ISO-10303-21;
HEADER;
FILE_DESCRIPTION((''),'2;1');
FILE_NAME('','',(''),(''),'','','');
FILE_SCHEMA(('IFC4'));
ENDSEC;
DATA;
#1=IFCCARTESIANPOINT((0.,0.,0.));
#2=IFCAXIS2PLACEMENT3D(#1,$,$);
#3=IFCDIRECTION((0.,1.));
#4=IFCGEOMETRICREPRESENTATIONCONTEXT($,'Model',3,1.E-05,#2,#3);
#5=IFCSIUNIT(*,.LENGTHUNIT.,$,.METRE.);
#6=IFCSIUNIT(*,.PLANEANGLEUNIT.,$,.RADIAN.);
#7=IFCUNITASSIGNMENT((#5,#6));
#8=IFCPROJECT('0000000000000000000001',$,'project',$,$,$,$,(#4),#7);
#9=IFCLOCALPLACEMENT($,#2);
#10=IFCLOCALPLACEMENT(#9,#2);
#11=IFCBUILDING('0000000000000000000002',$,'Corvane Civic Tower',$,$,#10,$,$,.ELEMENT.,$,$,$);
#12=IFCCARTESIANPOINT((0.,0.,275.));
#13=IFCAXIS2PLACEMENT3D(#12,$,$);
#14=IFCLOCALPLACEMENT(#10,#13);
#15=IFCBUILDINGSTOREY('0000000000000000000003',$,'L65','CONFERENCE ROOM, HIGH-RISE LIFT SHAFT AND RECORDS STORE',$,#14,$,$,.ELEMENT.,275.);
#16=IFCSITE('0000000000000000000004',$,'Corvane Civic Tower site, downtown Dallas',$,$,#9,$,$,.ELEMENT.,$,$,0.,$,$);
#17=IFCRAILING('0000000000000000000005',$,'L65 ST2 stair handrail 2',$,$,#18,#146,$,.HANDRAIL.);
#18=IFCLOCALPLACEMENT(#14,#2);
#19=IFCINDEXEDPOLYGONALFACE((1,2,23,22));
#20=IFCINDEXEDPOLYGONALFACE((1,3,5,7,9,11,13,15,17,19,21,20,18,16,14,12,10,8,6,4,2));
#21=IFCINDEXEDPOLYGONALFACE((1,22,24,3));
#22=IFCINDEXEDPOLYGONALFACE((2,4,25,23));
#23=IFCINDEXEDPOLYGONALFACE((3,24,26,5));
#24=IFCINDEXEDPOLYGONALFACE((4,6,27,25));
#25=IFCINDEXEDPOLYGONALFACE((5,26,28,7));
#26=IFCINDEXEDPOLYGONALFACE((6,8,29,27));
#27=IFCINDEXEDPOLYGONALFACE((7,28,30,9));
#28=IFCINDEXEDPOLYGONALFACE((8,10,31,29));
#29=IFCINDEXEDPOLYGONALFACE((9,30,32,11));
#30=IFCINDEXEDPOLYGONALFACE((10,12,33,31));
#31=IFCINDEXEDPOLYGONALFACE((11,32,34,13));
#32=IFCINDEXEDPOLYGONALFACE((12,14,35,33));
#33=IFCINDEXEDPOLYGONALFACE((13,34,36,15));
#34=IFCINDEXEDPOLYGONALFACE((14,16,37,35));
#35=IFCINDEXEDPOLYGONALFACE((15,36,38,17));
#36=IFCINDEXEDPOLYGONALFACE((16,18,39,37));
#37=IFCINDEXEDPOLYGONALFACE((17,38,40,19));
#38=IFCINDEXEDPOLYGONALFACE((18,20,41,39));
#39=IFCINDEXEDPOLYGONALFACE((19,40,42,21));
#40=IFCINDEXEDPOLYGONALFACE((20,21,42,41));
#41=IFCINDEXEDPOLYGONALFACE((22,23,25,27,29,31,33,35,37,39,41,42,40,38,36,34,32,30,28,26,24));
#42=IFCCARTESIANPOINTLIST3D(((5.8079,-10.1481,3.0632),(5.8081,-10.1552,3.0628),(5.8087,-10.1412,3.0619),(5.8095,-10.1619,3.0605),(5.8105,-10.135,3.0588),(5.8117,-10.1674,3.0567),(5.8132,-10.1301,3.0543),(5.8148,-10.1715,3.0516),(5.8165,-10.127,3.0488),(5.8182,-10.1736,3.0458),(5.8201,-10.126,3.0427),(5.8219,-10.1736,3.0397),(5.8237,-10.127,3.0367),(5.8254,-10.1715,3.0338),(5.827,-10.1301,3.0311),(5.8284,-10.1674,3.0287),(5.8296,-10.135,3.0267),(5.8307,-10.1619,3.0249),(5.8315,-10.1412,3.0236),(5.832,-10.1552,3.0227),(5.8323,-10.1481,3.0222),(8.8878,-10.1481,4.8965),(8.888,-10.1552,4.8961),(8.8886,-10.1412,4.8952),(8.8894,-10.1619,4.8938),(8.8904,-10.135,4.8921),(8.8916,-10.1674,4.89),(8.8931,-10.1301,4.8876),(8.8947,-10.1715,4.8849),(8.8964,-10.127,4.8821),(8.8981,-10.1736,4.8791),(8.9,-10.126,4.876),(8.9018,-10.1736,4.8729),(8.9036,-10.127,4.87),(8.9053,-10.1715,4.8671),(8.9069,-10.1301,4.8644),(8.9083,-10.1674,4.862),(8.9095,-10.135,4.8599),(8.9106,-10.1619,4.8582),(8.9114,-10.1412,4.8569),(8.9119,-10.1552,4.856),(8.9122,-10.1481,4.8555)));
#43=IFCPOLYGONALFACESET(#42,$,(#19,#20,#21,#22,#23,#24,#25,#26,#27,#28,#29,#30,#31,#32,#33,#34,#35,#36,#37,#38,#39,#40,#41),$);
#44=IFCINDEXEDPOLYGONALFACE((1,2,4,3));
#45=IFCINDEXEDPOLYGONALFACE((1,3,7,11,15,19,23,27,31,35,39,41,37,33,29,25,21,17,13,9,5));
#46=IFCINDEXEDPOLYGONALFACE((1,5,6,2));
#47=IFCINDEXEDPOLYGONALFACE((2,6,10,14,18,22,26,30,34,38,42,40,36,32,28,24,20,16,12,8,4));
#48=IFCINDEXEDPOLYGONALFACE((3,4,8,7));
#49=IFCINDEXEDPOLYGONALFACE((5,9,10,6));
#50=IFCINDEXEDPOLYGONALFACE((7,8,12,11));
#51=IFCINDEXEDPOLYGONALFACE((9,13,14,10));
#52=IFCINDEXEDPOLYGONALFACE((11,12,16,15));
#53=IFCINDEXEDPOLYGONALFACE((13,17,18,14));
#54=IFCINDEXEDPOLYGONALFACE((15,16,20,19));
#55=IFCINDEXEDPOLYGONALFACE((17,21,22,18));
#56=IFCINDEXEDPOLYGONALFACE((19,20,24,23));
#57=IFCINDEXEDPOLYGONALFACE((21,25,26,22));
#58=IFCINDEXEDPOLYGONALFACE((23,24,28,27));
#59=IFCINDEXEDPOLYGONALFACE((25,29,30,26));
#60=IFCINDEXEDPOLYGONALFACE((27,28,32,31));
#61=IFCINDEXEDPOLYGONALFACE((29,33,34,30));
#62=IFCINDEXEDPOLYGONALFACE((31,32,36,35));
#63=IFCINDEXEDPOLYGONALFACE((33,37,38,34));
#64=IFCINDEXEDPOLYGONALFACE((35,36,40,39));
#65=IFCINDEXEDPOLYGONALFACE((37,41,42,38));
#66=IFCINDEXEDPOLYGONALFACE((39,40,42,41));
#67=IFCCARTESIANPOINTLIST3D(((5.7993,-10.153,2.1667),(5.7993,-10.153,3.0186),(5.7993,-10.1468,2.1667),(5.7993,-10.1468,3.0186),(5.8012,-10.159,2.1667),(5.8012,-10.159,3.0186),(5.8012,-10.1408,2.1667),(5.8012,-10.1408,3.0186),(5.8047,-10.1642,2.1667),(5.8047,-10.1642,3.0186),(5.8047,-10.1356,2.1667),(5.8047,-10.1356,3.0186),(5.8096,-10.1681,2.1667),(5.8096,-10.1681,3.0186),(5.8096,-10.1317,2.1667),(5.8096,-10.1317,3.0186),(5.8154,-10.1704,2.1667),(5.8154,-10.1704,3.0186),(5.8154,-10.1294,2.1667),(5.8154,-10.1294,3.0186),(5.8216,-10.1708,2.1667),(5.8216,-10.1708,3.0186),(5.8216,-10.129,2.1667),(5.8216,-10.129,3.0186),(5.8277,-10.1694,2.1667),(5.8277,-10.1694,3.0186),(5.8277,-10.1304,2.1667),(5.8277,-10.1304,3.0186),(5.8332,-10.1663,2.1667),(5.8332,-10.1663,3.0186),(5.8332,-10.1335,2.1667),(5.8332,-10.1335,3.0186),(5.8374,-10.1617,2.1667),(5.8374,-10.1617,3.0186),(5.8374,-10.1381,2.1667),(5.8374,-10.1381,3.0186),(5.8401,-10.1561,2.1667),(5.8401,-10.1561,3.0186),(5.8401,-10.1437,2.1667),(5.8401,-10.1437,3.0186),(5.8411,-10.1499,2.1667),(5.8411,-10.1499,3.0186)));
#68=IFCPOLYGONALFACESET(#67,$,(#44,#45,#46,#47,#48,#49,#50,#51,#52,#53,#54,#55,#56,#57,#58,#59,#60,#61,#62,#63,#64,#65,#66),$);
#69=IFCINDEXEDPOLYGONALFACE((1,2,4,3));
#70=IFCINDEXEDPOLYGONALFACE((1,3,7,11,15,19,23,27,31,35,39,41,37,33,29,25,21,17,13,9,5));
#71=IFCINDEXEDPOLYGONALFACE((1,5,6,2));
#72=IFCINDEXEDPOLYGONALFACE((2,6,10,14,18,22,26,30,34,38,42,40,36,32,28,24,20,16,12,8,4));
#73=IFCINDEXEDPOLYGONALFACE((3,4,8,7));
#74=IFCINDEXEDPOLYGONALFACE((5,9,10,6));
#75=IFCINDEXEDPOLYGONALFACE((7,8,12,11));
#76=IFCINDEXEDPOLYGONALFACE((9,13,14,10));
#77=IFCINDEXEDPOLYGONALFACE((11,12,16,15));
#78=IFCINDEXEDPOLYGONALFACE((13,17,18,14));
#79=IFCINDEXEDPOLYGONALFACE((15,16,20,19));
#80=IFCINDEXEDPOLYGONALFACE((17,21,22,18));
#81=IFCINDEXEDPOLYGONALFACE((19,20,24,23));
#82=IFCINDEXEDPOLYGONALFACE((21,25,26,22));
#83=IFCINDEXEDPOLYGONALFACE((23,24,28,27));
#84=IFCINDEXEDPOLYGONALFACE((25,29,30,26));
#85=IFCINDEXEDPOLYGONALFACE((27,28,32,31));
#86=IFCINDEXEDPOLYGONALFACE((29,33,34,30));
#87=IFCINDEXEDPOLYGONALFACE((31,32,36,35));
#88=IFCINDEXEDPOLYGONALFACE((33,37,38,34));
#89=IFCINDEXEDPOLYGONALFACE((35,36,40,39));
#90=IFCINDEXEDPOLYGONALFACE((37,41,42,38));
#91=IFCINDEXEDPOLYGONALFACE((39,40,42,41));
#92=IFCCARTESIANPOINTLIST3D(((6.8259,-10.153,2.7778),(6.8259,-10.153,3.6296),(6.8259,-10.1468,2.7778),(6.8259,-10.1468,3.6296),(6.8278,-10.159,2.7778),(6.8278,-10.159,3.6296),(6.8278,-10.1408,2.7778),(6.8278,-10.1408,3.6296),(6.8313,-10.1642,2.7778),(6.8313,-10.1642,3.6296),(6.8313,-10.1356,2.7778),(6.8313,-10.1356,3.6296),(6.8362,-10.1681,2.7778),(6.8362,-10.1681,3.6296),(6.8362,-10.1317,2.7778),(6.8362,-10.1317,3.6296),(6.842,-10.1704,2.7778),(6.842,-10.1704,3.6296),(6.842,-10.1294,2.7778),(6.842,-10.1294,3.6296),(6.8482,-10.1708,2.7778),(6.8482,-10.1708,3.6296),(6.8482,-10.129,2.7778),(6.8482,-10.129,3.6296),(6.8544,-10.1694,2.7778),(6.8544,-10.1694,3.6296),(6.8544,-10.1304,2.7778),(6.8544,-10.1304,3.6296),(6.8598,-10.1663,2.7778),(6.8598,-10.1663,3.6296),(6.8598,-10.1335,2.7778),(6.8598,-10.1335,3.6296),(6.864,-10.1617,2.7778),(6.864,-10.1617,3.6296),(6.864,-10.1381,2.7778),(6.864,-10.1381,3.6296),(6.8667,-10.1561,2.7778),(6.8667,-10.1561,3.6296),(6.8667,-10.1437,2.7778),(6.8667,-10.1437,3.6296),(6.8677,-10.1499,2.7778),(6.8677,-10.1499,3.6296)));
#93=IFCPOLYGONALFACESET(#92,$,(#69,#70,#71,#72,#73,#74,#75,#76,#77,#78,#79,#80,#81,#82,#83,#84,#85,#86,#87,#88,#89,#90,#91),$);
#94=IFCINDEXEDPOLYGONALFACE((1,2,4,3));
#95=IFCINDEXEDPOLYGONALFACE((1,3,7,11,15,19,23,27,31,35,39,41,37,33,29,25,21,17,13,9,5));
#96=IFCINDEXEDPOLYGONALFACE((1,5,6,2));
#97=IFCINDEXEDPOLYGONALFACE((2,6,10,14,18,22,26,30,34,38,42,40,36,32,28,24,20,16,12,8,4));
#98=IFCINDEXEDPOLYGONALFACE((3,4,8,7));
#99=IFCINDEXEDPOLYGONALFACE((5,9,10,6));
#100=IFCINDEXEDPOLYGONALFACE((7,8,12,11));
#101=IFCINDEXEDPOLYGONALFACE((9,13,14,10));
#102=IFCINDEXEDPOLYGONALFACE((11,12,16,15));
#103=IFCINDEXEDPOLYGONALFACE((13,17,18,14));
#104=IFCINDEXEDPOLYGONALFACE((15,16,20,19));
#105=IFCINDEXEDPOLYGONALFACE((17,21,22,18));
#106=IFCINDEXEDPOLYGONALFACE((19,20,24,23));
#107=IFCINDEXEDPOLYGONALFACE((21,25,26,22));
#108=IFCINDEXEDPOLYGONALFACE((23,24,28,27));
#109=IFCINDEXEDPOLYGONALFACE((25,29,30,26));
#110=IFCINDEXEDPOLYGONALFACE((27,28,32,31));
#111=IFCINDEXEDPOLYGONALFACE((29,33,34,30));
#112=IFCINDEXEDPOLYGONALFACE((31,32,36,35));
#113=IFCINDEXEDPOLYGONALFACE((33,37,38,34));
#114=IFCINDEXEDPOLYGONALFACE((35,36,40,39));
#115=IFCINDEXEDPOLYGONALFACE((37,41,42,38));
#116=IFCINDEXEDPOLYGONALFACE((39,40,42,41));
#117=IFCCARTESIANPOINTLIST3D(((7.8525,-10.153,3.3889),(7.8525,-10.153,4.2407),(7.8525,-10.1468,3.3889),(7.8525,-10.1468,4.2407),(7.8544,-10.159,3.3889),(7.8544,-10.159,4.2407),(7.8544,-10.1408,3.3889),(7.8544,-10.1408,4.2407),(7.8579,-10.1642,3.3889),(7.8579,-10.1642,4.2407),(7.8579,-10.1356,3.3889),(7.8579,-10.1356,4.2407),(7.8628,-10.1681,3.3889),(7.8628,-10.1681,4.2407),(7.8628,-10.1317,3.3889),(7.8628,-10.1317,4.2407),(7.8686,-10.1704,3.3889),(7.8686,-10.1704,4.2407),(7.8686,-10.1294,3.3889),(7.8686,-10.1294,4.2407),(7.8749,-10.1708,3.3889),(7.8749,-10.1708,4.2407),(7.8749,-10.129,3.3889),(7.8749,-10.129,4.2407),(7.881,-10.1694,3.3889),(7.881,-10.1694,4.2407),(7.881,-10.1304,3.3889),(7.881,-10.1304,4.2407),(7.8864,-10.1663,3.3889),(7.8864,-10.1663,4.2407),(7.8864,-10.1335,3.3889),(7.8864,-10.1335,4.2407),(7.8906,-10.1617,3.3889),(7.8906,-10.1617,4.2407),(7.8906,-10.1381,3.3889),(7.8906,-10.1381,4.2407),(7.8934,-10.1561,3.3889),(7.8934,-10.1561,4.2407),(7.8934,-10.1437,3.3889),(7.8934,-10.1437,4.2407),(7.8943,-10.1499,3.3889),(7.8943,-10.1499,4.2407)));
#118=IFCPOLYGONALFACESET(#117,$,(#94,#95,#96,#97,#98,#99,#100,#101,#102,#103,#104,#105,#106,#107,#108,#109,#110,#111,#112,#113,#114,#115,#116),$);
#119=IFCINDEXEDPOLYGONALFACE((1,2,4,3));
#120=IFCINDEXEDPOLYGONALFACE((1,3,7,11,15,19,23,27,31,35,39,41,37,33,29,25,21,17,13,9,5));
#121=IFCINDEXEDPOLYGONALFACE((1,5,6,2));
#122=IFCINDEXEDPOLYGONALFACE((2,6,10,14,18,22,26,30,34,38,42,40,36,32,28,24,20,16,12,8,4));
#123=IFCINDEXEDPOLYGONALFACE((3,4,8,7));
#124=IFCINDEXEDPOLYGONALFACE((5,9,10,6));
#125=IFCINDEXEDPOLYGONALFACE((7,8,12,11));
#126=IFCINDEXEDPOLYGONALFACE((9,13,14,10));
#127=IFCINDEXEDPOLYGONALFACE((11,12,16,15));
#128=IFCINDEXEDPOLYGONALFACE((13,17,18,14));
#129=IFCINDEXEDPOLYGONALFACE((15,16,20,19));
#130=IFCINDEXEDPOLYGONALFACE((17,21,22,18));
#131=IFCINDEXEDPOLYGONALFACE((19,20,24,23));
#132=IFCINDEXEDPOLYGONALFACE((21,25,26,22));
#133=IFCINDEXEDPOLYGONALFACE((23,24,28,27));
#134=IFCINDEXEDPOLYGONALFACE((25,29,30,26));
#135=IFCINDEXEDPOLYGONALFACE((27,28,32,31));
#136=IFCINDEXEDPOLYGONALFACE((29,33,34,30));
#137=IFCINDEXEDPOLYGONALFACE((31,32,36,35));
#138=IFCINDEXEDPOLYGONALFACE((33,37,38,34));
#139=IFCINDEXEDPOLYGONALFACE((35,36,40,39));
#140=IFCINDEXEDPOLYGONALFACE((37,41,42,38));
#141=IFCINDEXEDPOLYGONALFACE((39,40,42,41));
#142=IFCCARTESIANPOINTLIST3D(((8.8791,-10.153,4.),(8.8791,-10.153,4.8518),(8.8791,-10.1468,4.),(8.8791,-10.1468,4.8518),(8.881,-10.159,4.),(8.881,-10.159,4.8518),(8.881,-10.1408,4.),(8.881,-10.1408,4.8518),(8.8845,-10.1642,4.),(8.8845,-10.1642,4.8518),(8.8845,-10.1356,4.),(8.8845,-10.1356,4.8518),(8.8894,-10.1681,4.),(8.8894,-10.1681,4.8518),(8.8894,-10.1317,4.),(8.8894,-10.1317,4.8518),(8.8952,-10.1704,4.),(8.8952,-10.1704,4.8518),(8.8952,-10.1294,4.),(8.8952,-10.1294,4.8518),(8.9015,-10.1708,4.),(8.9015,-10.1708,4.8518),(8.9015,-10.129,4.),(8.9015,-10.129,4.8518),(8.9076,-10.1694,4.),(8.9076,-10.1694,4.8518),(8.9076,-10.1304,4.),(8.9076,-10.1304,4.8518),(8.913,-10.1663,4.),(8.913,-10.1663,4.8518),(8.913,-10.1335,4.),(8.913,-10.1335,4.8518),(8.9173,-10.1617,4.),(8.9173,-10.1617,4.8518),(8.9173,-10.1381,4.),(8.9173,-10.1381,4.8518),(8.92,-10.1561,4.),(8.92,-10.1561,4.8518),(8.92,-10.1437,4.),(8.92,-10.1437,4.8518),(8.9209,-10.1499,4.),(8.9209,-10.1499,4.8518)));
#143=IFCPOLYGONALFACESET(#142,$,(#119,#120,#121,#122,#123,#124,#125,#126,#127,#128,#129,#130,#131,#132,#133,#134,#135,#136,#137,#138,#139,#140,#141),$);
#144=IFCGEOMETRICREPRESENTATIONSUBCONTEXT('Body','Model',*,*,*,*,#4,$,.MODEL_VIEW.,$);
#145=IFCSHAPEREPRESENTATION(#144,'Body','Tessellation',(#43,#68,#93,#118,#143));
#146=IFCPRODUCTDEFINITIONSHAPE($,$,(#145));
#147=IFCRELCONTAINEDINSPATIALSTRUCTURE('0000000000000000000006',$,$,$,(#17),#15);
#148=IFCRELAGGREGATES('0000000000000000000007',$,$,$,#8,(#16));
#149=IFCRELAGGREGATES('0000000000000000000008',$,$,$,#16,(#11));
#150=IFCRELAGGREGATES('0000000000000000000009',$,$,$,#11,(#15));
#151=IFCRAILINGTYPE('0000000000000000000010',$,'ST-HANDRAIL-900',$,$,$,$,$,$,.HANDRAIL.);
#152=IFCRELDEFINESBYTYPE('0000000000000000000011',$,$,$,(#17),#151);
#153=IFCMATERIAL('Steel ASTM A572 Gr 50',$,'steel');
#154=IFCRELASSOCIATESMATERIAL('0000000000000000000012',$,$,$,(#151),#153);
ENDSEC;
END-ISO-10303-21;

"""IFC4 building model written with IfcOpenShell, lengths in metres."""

from ifc_helpers import new_model, si_unit, direction, frame, origin, origin_2d, place, context, subcontext, project, spatial, circle, extrude, material, type_object, element, save


model = new_model("IFC4")

# Units and contexts
model_context = context("Model", 3, precision=1e-05, world=origin(), true_north=direction((0.0, 1.0)))
body_context = subcontext(model_context, "Body", "Model", "MODEL_VIEW")
ifc_project = project(units=[si_unit("LENGTHUNIT", "METRE"), si_unit("PLANEANGLEUNIT", "RADIAN")], contexts=[model_context])

# Site, building, storey
site_placement = place(None, origin())
site = spatial("IfcSite", under=ifc_project, at=site_placement, Name="Corvane Civic Tower site, downtown Dallas", CompositionType="ELEMENT", RefElevation=0.0)
building_placement = place(site_placement, origin())
building = spatial("IfcBuilding", under=site, at=building_placement, Name="Corvane Civic Tower", CompositionType="ELEMENT")
storey_placement = place(building_placement, frame((0.0, 0.0, 275.0)))
storey = spatial("IfcBuildingStorey", under=building, at=storey_placement, Name="L65", Description="CONFERENCE ROOM, HIGH-RISE LIFT SHAFT AND RECORDS STORE", CompositionType="ELEMENT", Elevation=275.0)

# Railing
ifc_material_1 = material(Name="Steel ASTM A572 Gr 50", Category="steel")
railing_type_1 = type_object("IfcRailingType", Name="ST-HANDRAIL-900", PredefinedType="HANDRAIL", material=ifc_material_1)
railing_1_placement = place(storey_placement, frame((5.8201, -10.1499, 2.1667)))
element("IfcRailing", 1, at=railing_1_placement, inside=storey, type_object=railing_type_1, Name="L65 ST2 stair handrail 2", PredefinedType="HANDRAIL", context=body_context, shape_type="SweptSolid", body=[
    extrude(circle(Radius=0.0239, at=origin_2d()), frame((0.0, 0.0, 0.876), z_axis=(0.859291, 0.0, 0.511487), x_axis=(0.0, 1.0, 0.0)), (0.0, 0.0, 1.0), 3.5842),
    extrude(circle(Radius=0.021, at=origin_2d()), origin(), (0.0, 0.0, 1.0), 0.8518),
    extrude(circle(Radius=0.021, at=origin_2d()), frame((1.0266, 0.0, 0.6111)), (0.0, 0.0, 1.0), 0.8518),
    extrude(circle(Radius=0.021, at=origin_2d()), frame((2.0532, 0.0, 1.2222)), (0.0, 0.0, 1.0), 0.8518),
    extrude(circle(Radius=0.021, at=origin_2d()), frame((3.0798, 0.0, 1.8333)), (0.0, 0.0, 1.0), 0.8518),
])

save(model, "model.ifc")
